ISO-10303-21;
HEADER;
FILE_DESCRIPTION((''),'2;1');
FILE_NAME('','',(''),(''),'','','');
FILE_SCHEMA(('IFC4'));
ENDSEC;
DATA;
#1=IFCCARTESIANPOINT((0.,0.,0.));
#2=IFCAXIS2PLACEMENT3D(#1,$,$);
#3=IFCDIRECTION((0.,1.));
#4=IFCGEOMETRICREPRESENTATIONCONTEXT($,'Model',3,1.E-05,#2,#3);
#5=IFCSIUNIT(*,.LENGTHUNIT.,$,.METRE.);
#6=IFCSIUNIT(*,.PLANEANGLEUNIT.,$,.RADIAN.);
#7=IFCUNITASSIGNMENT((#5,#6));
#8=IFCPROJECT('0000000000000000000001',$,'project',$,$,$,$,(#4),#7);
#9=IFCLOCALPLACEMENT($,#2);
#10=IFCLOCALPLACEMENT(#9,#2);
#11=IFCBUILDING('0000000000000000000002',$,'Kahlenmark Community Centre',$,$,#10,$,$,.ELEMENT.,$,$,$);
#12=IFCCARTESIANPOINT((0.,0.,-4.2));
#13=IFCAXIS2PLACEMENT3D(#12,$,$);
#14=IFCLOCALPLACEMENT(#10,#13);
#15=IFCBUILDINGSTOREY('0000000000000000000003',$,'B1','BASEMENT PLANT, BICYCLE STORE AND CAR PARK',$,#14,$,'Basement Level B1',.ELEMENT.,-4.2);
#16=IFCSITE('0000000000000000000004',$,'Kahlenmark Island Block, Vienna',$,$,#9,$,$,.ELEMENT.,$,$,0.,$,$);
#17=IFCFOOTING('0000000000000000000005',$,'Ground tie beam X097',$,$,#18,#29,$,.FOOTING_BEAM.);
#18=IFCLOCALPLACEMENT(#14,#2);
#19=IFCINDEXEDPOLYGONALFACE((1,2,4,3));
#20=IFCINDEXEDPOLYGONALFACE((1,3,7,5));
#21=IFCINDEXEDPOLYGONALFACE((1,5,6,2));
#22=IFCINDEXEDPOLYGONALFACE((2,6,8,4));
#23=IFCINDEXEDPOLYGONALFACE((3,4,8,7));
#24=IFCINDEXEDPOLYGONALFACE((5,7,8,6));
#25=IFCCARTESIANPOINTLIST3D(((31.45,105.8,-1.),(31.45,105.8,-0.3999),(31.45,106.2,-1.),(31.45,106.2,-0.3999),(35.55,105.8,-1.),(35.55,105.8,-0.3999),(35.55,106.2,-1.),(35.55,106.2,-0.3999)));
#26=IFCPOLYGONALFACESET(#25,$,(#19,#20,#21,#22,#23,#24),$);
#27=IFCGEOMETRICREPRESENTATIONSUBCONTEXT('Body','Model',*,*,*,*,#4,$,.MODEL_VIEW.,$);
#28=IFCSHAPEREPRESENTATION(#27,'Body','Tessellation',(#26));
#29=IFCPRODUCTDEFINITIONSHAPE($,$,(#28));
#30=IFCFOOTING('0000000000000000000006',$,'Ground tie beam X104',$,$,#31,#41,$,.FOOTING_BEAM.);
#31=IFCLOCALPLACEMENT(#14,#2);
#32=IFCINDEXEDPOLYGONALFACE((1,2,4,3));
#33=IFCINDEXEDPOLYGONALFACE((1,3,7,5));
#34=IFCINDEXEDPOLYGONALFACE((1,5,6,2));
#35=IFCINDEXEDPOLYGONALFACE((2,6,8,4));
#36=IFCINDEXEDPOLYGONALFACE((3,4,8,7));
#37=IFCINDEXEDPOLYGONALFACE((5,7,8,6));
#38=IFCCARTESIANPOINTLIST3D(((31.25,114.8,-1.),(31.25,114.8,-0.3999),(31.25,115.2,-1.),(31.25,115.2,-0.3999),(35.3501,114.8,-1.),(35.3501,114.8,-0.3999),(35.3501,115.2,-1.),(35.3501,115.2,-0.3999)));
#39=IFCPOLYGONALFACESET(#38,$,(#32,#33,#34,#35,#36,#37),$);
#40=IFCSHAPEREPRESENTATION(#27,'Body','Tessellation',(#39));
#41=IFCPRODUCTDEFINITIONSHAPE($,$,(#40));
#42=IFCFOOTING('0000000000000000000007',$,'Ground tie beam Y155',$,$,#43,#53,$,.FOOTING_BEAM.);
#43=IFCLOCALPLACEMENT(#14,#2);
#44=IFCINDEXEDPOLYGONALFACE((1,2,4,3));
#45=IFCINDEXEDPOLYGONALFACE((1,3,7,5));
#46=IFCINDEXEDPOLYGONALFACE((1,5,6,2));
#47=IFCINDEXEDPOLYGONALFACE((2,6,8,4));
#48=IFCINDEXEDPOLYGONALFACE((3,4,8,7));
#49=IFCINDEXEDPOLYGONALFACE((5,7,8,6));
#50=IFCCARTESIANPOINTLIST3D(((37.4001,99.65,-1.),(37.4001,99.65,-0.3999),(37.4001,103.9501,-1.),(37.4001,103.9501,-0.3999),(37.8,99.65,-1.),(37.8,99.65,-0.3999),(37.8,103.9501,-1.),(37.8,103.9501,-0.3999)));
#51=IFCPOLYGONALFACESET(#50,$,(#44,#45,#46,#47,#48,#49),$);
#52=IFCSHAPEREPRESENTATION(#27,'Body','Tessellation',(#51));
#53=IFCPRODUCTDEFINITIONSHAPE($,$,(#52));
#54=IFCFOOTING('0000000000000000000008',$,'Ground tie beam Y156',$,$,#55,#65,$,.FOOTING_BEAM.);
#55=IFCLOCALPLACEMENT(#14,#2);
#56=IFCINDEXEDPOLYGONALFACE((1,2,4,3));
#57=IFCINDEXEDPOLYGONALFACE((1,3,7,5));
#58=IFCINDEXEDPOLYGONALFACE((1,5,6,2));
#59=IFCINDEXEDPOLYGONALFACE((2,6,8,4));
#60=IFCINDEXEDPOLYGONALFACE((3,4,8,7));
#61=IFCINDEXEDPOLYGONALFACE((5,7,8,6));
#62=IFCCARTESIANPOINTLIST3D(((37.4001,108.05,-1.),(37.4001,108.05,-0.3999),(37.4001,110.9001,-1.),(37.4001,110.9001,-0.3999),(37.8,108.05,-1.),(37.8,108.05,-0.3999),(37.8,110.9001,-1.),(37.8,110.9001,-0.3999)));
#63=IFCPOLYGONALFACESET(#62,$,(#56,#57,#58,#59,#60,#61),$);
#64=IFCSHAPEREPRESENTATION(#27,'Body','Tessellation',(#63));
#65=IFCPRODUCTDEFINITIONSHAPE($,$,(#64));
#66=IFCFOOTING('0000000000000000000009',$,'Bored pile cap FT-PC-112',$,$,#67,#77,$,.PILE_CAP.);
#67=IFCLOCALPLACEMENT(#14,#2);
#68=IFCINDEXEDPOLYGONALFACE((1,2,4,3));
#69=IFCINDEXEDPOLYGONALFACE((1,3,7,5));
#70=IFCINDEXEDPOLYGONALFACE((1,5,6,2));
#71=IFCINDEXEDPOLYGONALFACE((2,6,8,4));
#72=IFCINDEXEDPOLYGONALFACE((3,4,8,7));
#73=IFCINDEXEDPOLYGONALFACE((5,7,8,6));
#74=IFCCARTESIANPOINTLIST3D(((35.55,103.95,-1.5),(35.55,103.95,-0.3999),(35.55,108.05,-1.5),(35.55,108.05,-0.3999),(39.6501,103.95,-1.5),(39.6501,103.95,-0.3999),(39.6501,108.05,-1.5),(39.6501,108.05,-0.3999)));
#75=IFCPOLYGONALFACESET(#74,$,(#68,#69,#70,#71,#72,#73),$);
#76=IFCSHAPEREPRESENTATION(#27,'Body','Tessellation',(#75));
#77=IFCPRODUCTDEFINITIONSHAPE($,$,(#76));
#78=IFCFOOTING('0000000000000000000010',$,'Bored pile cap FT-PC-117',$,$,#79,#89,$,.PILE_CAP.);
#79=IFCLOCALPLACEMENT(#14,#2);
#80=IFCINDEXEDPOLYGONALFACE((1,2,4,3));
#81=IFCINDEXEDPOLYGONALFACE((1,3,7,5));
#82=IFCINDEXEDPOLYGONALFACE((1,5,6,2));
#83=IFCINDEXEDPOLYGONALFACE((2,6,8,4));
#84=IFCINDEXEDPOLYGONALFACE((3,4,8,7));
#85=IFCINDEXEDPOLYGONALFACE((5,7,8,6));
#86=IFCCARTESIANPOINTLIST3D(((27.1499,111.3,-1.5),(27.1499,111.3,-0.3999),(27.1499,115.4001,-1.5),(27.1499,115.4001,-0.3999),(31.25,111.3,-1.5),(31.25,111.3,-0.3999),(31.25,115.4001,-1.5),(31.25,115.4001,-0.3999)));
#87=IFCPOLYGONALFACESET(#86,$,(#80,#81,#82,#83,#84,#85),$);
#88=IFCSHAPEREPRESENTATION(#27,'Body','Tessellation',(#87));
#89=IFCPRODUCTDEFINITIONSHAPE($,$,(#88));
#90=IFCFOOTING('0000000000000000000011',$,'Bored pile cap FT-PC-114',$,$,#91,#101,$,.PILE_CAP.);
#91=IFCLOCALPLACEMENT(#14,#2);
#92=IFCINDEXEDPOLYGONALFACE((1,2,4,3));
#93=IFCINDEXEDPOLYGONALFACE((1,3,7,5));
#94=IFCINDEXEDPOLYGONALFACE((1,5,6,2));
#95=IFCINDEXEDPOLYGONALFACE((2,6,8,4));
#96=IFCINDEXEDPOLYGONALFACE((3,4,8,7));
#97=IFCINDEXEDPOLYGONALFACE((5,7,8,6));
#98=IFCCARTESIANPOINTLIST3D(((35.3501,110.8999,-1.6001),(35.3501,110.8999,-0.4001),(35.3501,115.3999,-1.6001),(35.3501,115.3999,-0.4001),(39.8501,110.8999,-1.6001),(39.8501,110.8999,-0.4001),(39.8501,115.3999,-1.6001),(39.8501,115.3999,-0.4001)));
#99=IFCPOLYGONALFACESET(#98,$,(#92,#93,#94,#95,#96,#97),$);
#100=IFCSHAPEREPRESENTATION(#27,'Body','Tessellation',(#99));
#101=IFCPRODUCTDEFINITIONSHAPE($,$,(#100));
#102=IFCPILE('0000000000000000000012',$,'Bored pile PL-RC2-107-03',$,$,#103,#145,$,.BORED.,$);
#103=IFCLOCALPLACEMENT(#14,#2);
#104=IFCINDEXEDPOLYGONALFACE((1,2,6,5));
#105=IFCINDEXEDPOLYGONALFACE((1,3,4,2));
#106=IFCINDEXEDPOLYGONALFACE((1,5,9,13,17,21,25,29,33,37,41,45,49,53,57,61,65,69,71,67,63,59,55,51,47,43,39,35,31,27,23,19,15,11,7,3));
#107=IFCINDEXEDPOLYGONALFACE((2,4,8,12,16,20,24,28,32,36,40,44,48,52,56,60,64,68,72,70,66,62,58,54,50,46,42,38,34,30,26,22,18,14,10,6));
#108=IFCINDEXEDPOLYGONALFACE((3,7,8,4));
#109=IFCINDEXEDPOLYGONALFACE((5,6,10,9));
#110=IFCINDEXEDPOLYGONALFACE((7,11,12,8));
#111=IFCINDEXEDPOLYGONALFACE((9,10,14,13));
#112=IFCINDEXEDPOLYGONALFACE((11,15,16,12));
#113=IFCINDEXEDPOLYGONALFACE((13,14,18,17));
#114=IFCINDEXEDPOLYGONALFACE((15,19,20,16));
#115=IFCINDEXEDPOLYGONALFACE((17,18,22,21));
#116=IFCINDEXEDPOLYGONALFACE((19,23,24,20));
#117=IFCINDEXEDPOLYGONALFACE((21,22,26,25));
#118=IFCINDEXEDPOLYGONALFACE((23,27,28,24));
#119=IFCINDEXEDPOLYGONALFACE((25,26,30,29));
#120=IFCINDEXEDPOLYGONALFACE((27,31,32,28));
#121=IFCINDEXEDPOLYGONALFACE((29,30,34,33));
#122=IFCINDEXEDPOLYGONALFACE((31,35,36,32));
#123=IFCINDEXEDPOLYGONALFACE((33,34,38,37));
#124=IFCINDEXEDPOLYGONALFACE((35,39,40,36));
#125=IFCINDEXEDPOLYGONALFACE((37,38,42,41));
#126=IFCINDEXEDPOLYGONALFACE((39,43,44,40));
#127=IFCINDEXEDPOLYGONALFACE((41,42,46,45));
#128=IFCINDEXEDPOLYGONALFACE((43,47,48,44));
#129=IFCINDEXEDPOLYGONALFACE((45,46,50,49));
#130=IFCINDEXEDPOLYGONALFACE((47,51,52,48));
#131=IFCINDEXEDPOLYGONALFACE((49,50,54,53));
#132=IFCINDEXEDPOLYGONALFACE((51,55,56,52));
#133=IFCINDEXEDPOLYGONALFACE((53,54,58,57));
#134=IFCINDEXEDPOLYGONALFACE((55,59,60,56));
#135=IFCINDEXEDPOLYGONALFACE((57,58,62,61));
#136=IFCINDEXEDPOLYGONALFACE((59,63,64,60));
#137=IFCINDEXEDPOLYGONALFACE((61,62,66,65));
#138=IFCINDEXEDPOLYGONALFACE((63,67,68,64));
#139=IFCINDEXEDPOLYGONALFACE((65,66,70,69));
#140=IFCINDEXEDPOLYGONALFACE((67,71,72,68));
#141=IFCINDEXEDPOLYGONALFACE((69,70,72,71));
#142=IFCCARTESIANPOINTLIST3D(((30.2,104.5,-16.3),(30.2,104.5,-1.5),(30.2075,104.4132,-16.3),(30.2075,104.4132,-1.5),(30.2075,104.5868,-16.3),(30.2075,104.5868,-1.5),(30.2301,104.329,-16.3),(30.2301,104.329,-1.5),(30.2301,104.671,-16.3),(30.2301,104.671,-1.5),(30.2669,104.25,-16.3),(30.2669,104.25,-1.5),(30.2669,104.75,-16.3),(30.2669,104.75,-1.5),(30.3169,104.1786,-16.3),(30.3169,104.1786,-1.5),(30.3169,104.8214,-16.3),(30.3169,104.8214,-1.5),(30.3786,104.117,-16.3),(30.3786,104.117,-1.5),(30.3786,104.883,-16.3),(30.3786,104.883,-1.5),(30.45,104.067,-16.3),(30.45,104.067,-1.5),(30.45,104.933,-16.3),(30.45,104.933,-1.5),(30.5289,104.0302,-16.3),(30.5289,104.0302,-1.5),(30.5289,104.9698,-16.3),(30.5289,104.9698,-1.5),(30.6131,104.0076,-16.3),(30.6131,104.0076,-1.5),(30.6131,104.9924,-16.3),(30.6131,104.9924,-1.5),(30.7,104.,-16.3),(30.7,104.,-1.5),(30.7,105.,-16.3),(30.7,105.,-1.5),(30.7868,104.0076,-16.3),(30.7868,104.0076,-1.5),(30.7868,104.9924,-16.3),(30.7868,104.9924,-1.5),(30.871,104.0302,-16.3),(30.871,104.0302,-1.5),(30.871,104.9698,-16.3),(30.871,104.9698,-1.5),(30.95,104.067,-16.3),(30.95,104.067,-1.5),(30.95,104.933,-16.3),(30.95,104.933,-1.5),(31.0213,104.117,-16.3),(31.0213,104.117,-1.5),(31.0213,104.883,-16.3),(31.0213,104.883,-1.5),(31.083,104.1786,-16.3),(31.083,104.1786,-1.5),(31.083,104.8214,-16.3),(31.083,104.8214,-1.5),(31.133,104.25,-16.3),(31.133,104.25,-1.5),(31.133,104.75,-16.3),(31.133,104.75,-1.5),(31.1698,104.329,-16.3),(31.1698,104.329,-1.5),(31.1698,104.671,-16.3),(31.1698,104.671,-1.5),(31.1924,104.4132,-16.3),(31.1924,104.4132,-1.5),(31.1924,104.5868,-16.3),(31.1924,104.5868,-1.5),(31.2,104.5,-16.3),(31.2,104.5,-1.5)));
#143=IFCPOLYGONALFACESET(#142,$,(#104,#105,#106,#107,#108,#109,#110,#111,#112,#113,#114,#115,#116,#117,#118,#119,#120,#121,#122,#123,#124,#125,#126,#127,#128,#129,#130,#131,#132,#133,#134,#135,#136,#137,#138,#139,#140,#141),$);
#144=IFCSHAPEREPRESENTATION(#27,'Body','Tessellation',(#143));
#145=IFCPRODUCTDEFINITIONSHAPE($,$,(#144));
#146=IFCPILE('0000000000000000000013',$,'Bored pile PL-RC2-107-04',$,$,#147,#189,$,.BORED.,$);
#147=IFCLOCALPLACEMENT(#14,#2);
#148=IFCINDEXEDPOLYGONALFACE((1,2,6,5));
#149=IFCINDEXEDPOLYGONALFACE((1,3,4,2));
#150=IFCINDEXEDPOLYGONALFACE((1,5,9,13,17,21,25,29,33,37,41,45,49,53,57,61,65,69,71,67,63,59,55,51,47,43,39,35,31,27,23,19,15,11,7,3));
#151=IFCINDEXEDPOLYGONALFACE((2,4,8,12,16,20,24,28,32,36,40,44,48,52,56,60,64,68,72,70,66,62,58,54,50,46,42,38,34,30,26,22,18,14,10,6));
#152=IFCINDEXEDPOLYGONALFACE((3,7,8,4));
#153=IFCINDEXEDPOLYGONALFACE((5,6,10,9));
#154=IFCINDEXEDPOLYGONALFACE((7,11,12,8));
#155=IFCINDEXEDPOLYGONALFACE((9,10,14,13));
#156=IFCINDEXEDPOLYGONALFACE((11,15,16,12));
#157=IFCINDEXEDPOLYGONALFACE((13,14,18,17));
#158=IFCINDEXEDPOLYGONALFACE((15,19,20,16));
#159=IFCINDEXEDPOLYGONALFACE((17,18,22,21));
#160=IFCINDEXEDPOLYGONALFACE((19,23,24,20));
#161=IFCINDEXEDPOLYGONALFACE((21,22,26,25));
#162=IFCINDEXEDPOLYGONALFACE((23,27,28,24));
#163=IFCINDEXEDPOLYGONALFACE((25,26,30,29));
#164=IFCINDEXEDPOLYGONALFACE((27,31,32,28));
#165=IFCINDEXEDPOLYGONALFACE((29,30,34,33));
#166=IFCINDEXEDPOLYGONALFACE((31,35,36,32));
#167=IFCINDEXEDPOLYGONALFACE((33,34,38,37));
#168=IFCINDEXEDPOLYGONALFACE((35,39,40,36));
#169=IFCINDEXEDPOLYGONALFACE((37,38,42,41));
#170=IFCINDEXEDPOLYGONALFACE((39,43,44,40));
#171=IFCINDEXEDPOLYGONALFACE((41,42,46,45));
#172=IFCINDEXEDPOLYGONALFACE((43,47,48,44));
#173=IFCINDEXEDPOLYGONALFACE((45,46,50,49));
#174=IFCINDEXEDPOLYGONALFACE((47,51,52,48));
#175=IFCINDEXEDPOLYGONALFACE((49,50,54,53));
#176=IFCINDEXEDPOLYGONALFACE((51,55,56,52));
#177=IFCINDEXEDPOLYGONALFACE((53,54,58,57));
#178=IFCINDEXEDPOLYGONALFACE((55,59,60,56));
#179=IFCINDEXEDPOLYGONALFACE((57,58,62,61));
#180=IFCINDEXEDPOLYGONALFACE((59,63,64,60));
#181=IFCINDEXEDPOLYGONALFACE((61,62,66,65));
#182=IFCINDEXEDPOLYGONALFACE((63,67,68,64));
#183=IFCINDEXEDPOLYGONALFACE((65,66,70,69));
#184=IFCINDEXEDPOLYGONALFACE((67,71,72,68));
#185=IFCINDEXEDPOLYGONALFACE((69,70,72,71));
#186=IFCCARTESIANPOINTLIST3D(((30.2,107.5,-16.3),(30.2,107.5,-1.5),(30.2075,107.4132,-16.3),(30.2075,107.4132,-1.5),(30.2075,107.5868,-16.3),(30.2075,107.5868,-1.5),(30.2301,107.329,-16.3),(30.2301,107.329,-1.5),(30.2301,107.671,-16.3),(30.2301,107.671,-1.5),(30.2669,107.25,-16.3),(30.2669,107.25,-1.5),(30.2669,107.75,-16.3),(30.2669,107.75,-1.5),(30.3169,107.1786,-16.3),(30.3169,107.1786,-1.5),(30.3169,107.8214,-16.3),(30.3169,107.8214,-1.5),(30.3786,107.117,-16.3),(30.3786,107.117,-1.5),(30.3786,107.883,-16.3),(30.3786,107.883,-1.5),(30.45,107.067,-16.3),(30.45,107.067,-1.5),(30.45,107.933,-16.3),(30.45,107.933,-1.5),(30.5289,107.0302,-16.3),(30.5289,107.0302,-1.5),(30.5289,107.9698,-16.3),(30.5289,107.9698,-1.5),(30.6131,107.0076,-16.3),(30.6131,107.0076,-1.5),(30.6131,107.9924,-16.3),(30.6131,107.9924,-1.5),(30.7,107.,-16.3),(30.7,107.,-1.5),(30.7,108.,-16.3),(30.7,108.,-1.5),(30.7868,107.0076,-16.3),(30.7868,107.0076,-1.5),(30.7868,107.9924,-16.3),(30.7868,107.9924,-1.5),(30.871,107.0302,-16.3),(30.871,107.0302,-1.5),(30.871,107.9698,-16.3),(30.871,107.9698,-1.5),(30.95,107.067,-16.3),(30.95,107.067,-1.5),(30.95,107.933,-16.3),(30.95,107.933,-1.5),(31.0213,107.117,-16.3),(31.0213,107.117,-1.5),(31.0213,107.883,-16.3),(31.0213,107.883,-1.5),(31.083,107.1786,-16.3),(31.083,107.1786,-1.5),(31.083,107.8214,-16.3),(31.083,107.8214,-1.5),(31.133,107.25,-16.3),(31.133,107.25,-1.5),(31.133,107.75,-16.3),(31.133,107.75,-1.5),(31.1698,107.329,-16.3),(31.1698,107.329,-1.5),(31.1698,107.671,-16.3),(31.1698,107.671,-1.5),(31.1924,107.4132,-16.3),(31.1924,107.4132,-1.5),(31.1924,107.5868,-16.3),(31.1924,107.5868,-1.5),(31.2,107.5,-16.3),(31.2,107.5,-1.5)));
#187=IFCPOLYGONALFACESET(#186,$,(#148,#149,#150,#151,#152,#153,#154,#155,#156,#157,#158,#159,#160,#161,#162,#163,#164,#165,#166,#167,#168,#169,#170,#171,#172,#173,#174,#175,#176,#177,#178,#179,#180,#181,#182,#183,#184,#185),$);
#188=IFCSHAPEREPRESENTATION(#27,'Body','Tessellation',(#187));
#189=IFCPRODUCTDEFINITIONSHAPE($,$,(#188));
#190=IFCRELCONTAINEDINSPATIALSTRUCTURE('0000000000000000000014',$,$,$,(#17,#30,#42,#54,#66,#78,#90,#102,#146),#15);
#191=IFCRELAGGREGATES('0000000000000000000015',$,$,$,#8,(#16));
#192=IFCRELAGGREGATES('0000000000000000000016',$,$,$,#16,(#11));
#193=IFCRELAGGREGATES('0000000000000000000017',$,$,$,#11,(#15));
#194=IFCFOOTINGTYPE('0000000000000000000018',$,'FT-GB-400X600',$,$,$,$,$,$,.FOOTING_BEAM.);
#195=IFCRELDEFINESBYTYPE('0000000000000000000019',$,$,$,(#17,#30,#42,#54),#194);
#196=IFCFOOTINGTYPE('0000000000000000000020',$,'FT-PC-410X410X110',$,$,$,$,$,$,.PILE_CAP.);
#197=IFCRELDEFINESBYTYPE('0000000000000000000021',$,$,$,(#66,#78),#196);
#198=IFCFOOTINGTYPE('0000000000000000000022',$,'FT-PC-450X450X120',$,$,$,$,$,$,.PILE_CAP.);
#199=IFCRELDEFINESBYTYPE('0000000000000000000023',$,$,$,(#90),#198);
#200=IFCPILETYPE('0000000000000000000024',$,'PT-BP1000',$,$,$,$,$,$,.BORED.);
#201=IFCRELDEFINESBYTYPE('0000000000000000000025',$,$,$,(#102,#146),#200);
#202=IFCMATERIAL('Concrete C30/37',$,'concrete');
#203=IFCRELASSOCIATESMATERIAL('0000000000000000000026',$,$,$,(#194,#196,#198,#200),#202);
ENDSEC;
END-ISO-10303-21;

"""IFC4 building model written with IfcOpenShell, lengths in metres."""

from ifc_helpers import new_model, si_unit, direction, frame, origin, origin_2d, place, context, subcontext, project, spatial, rectangle, circle, extrude, material, material_profile, profile_set, type_object, element, save


model = new_model("IFC4")

# Units and contexts
model_context = context("Model", 3, precision=1e-05, world=origin(), true_north=direction((0.0, 1.0)))
body_context = subcontext(model_context, "Body", "Model", "MODEL_VIEW")
ifc_project = project(units=[si_unit("LENGTHUNIT", "METRE"), si_unit("PLANEANGLEUNIT", "RADIAN")], contexts=[model_context])

# Site, building, storey
site_placement = place(None, origin())
site = spatial("IfcSite", under=ifc_project, at=site_placement, Name="Kahlenmark Island Block, Vienna", CompositionType="ELEMENT", RefElevation=0.0)
building_placement = place(site_placement, origin())
building = spatial("IfcBuilding", under=site, at=building_placement, Name="Kahlenmark Community Centre", CompositionType="ELEMENT")
storey_placement = place(building_placement, frame((0.0, 0.0, -4.2)))
storey = spatial("IfcBuildingStorey", under=building, at=storey_placement, Name="B1", Description="BASEMENT PLANT, BICYCLE STORE AND CAR PARK", LongName="Basement Level B1", CompositionType="ELEMENT", Elevation=-4.2)

# Footings
ifc_material_1 = material(Name="Concrete C30/37", Category="concrete")
footing_type_1 = type_object("IfcFootingType", Name="FT-GB-400X600", PredefinedType="FOOTING_BEAM", material=ifc_material_1)
for number, where, z_axis, x_axis, name in (
    (1, (33.5, 106.0, -1.0), (0.0, 0.0, 1.0), (1.0, 0.0, 0.0), "Ground tie beam X097"),
    (2, (33.3, 115.0, -1.0), (0.0, 0.0, 1.0), (1.0, 0.0, 0.0), "Ground tie beam X104"),
):
    element("IfcFooting", number, at=place(storey_placement, frame(where, z_axis=z_axis, x_axis=x_axis)), inside=storey, type_object=footing_type_1, Name=name, PredefinedType="FOOTING_BEAM", context=body_context, shape_type="SweptSolid", body=[
        extrude(rectangle(XDim=4.1001, YDim=0.3999, at=origin_2d()), origin(), (0.0, 0.0, 1.0), 0.6001),
    ])
footing_1_placement = place(storey_placement, frame((37.6001, 101.8, -1.0), z_axis=(0.0, 0.0, 1.0), x_axis=(1.0, 0.0, 0.0)))
element("IfcFooting", 3, at=footing_1_placement, inside=storey, type_object=footing_type_1, Name="Ground tie beam Y155", PredefinedType="FOOTING_BEAM", context=body_context, shape_type="SweptSolid", body=[
    extrude(rectangle(XDim=0.3999, YDim=4.3, at=origin_2d()), origin(), (0.0, 0.0, 1.0), 0.6001),
])
footing_2_placement = place(storey_placement, frame((37.6001, 109.4751, -1.0), z_axis=(0.0, 0.0, 1.0), x_axis=(1.0, 0.0, 0.0)))
element("IfcFooting", 4, at=footing_2_placement, inside=storey, type_object=footing_type_1, Name="Ground tie beam Y156", PredefinedType="FOOTING_BEAM", context=body_context, shape_type="SweptSolid", body=[
    extrude(rectangle(XDim=0.3999, YDim=2.8501, at=origin_2d()), origin(), (0.0, 0.0, 1.0), 0.6001),
])
footing_type_2 = type_object("IfcFootingType", Name="FT-PC-410X410X110", PredefinedType="PILE_CAP", material=ifc_material_1)
for number, where, z_axis, x_axis, name in (
    (5, (37.6001, 106.0, -1.5), (0.0, 0.0, 1.0), (1.0, 0.0, 0.0), "Bored pile cap FT-PC-112"),
    (6, (29.2, 113.3501, -1.5), (0.0, 0.0, 1.0), (1.0, 0.0, 0.0), "Bored pile cap FT-PC-117"),
):
    element("IfcFooting", number, at=place(storey_placement, frame(where, z_axis=z_axis, x_axis=x_axis)), inside=storey, type_object=footing_type_2, Name=name, PredefinedType="PILE_CAP", context=body_context, shape_type="SweptSolid", body=[
        extrude(rectangle(XDim=4.1001, YDim=4.1001, at=origin_2d()), origin(), (0.0, 0.0, 1.0), 1.1001),
    ])
footing_type_3 = type_object("IfcFootingType", Name="FT-PC-450X450X120", PredefinedType="PILE_CAP", material=ifc_material_1)
footing_3_placement = place(storey_placement, frame((37.6001, 113.1499, -1.6001), z_axis=(0.0, 0.0, 1.0), x_axis=(1.0, 0.0, 0.0)))
element("IfcFooting", 7, at=footing_3_placement, inside=storey, type_object=footing_type_3, Name="Bored pile cap FT-PC-114", PredefinedType="PILE_CAP", context=body_context, shape_type="SweptSolid", body=[
    extrude(rectangle(XDim=4.5, YDim=4.5, at=origin_2d()), origin(), (0.0, 0.0, 1.0), 1.2),
])

# Piles
ifc_material_profile_1 = material_profile(ifc_material_1, circle(Radius=0.5, at=origin_2d()), Name="BORED PILE 1000")
ifc_profile_set_1 = profile_set([ifc_material_profile_1], Name="Concrete C30/37")
pile_type_1 = type_object("IfcPileType", Name="PT-BP1000", PredefinedType="BORED", material=ifc_profile_set_1)
for number, where, z_axis, x_axis, name in (
    (8, (30.7, 104.5, -1.5), (0.0, 0.0, -1.0), (1.0, 0.0, 0.0), "Bored pile PL-RC2-107-03"),
    (9, (30.7, 107.5, -1.5), (0.0, 0.0, -1.0), (1.0, 0.0, 0.0), "Bored pile PL-RC2-107-04"),
):
    element("IfcPile", number, at=place(storey_placement, frame(where, z_axis=z_axis, x_axis=x_axis)), inside=storey, type_object=pile_type_1, Name=name, PredefinedType="BORED", context=body_context, shape_type="SweptSolid", body=[
        extrude(circle(Radius=0.5, at=origin_2d()), origin(), (0.0, 0.0, 1.0), 14.8),
    ])

save(model, "model.ifc")
